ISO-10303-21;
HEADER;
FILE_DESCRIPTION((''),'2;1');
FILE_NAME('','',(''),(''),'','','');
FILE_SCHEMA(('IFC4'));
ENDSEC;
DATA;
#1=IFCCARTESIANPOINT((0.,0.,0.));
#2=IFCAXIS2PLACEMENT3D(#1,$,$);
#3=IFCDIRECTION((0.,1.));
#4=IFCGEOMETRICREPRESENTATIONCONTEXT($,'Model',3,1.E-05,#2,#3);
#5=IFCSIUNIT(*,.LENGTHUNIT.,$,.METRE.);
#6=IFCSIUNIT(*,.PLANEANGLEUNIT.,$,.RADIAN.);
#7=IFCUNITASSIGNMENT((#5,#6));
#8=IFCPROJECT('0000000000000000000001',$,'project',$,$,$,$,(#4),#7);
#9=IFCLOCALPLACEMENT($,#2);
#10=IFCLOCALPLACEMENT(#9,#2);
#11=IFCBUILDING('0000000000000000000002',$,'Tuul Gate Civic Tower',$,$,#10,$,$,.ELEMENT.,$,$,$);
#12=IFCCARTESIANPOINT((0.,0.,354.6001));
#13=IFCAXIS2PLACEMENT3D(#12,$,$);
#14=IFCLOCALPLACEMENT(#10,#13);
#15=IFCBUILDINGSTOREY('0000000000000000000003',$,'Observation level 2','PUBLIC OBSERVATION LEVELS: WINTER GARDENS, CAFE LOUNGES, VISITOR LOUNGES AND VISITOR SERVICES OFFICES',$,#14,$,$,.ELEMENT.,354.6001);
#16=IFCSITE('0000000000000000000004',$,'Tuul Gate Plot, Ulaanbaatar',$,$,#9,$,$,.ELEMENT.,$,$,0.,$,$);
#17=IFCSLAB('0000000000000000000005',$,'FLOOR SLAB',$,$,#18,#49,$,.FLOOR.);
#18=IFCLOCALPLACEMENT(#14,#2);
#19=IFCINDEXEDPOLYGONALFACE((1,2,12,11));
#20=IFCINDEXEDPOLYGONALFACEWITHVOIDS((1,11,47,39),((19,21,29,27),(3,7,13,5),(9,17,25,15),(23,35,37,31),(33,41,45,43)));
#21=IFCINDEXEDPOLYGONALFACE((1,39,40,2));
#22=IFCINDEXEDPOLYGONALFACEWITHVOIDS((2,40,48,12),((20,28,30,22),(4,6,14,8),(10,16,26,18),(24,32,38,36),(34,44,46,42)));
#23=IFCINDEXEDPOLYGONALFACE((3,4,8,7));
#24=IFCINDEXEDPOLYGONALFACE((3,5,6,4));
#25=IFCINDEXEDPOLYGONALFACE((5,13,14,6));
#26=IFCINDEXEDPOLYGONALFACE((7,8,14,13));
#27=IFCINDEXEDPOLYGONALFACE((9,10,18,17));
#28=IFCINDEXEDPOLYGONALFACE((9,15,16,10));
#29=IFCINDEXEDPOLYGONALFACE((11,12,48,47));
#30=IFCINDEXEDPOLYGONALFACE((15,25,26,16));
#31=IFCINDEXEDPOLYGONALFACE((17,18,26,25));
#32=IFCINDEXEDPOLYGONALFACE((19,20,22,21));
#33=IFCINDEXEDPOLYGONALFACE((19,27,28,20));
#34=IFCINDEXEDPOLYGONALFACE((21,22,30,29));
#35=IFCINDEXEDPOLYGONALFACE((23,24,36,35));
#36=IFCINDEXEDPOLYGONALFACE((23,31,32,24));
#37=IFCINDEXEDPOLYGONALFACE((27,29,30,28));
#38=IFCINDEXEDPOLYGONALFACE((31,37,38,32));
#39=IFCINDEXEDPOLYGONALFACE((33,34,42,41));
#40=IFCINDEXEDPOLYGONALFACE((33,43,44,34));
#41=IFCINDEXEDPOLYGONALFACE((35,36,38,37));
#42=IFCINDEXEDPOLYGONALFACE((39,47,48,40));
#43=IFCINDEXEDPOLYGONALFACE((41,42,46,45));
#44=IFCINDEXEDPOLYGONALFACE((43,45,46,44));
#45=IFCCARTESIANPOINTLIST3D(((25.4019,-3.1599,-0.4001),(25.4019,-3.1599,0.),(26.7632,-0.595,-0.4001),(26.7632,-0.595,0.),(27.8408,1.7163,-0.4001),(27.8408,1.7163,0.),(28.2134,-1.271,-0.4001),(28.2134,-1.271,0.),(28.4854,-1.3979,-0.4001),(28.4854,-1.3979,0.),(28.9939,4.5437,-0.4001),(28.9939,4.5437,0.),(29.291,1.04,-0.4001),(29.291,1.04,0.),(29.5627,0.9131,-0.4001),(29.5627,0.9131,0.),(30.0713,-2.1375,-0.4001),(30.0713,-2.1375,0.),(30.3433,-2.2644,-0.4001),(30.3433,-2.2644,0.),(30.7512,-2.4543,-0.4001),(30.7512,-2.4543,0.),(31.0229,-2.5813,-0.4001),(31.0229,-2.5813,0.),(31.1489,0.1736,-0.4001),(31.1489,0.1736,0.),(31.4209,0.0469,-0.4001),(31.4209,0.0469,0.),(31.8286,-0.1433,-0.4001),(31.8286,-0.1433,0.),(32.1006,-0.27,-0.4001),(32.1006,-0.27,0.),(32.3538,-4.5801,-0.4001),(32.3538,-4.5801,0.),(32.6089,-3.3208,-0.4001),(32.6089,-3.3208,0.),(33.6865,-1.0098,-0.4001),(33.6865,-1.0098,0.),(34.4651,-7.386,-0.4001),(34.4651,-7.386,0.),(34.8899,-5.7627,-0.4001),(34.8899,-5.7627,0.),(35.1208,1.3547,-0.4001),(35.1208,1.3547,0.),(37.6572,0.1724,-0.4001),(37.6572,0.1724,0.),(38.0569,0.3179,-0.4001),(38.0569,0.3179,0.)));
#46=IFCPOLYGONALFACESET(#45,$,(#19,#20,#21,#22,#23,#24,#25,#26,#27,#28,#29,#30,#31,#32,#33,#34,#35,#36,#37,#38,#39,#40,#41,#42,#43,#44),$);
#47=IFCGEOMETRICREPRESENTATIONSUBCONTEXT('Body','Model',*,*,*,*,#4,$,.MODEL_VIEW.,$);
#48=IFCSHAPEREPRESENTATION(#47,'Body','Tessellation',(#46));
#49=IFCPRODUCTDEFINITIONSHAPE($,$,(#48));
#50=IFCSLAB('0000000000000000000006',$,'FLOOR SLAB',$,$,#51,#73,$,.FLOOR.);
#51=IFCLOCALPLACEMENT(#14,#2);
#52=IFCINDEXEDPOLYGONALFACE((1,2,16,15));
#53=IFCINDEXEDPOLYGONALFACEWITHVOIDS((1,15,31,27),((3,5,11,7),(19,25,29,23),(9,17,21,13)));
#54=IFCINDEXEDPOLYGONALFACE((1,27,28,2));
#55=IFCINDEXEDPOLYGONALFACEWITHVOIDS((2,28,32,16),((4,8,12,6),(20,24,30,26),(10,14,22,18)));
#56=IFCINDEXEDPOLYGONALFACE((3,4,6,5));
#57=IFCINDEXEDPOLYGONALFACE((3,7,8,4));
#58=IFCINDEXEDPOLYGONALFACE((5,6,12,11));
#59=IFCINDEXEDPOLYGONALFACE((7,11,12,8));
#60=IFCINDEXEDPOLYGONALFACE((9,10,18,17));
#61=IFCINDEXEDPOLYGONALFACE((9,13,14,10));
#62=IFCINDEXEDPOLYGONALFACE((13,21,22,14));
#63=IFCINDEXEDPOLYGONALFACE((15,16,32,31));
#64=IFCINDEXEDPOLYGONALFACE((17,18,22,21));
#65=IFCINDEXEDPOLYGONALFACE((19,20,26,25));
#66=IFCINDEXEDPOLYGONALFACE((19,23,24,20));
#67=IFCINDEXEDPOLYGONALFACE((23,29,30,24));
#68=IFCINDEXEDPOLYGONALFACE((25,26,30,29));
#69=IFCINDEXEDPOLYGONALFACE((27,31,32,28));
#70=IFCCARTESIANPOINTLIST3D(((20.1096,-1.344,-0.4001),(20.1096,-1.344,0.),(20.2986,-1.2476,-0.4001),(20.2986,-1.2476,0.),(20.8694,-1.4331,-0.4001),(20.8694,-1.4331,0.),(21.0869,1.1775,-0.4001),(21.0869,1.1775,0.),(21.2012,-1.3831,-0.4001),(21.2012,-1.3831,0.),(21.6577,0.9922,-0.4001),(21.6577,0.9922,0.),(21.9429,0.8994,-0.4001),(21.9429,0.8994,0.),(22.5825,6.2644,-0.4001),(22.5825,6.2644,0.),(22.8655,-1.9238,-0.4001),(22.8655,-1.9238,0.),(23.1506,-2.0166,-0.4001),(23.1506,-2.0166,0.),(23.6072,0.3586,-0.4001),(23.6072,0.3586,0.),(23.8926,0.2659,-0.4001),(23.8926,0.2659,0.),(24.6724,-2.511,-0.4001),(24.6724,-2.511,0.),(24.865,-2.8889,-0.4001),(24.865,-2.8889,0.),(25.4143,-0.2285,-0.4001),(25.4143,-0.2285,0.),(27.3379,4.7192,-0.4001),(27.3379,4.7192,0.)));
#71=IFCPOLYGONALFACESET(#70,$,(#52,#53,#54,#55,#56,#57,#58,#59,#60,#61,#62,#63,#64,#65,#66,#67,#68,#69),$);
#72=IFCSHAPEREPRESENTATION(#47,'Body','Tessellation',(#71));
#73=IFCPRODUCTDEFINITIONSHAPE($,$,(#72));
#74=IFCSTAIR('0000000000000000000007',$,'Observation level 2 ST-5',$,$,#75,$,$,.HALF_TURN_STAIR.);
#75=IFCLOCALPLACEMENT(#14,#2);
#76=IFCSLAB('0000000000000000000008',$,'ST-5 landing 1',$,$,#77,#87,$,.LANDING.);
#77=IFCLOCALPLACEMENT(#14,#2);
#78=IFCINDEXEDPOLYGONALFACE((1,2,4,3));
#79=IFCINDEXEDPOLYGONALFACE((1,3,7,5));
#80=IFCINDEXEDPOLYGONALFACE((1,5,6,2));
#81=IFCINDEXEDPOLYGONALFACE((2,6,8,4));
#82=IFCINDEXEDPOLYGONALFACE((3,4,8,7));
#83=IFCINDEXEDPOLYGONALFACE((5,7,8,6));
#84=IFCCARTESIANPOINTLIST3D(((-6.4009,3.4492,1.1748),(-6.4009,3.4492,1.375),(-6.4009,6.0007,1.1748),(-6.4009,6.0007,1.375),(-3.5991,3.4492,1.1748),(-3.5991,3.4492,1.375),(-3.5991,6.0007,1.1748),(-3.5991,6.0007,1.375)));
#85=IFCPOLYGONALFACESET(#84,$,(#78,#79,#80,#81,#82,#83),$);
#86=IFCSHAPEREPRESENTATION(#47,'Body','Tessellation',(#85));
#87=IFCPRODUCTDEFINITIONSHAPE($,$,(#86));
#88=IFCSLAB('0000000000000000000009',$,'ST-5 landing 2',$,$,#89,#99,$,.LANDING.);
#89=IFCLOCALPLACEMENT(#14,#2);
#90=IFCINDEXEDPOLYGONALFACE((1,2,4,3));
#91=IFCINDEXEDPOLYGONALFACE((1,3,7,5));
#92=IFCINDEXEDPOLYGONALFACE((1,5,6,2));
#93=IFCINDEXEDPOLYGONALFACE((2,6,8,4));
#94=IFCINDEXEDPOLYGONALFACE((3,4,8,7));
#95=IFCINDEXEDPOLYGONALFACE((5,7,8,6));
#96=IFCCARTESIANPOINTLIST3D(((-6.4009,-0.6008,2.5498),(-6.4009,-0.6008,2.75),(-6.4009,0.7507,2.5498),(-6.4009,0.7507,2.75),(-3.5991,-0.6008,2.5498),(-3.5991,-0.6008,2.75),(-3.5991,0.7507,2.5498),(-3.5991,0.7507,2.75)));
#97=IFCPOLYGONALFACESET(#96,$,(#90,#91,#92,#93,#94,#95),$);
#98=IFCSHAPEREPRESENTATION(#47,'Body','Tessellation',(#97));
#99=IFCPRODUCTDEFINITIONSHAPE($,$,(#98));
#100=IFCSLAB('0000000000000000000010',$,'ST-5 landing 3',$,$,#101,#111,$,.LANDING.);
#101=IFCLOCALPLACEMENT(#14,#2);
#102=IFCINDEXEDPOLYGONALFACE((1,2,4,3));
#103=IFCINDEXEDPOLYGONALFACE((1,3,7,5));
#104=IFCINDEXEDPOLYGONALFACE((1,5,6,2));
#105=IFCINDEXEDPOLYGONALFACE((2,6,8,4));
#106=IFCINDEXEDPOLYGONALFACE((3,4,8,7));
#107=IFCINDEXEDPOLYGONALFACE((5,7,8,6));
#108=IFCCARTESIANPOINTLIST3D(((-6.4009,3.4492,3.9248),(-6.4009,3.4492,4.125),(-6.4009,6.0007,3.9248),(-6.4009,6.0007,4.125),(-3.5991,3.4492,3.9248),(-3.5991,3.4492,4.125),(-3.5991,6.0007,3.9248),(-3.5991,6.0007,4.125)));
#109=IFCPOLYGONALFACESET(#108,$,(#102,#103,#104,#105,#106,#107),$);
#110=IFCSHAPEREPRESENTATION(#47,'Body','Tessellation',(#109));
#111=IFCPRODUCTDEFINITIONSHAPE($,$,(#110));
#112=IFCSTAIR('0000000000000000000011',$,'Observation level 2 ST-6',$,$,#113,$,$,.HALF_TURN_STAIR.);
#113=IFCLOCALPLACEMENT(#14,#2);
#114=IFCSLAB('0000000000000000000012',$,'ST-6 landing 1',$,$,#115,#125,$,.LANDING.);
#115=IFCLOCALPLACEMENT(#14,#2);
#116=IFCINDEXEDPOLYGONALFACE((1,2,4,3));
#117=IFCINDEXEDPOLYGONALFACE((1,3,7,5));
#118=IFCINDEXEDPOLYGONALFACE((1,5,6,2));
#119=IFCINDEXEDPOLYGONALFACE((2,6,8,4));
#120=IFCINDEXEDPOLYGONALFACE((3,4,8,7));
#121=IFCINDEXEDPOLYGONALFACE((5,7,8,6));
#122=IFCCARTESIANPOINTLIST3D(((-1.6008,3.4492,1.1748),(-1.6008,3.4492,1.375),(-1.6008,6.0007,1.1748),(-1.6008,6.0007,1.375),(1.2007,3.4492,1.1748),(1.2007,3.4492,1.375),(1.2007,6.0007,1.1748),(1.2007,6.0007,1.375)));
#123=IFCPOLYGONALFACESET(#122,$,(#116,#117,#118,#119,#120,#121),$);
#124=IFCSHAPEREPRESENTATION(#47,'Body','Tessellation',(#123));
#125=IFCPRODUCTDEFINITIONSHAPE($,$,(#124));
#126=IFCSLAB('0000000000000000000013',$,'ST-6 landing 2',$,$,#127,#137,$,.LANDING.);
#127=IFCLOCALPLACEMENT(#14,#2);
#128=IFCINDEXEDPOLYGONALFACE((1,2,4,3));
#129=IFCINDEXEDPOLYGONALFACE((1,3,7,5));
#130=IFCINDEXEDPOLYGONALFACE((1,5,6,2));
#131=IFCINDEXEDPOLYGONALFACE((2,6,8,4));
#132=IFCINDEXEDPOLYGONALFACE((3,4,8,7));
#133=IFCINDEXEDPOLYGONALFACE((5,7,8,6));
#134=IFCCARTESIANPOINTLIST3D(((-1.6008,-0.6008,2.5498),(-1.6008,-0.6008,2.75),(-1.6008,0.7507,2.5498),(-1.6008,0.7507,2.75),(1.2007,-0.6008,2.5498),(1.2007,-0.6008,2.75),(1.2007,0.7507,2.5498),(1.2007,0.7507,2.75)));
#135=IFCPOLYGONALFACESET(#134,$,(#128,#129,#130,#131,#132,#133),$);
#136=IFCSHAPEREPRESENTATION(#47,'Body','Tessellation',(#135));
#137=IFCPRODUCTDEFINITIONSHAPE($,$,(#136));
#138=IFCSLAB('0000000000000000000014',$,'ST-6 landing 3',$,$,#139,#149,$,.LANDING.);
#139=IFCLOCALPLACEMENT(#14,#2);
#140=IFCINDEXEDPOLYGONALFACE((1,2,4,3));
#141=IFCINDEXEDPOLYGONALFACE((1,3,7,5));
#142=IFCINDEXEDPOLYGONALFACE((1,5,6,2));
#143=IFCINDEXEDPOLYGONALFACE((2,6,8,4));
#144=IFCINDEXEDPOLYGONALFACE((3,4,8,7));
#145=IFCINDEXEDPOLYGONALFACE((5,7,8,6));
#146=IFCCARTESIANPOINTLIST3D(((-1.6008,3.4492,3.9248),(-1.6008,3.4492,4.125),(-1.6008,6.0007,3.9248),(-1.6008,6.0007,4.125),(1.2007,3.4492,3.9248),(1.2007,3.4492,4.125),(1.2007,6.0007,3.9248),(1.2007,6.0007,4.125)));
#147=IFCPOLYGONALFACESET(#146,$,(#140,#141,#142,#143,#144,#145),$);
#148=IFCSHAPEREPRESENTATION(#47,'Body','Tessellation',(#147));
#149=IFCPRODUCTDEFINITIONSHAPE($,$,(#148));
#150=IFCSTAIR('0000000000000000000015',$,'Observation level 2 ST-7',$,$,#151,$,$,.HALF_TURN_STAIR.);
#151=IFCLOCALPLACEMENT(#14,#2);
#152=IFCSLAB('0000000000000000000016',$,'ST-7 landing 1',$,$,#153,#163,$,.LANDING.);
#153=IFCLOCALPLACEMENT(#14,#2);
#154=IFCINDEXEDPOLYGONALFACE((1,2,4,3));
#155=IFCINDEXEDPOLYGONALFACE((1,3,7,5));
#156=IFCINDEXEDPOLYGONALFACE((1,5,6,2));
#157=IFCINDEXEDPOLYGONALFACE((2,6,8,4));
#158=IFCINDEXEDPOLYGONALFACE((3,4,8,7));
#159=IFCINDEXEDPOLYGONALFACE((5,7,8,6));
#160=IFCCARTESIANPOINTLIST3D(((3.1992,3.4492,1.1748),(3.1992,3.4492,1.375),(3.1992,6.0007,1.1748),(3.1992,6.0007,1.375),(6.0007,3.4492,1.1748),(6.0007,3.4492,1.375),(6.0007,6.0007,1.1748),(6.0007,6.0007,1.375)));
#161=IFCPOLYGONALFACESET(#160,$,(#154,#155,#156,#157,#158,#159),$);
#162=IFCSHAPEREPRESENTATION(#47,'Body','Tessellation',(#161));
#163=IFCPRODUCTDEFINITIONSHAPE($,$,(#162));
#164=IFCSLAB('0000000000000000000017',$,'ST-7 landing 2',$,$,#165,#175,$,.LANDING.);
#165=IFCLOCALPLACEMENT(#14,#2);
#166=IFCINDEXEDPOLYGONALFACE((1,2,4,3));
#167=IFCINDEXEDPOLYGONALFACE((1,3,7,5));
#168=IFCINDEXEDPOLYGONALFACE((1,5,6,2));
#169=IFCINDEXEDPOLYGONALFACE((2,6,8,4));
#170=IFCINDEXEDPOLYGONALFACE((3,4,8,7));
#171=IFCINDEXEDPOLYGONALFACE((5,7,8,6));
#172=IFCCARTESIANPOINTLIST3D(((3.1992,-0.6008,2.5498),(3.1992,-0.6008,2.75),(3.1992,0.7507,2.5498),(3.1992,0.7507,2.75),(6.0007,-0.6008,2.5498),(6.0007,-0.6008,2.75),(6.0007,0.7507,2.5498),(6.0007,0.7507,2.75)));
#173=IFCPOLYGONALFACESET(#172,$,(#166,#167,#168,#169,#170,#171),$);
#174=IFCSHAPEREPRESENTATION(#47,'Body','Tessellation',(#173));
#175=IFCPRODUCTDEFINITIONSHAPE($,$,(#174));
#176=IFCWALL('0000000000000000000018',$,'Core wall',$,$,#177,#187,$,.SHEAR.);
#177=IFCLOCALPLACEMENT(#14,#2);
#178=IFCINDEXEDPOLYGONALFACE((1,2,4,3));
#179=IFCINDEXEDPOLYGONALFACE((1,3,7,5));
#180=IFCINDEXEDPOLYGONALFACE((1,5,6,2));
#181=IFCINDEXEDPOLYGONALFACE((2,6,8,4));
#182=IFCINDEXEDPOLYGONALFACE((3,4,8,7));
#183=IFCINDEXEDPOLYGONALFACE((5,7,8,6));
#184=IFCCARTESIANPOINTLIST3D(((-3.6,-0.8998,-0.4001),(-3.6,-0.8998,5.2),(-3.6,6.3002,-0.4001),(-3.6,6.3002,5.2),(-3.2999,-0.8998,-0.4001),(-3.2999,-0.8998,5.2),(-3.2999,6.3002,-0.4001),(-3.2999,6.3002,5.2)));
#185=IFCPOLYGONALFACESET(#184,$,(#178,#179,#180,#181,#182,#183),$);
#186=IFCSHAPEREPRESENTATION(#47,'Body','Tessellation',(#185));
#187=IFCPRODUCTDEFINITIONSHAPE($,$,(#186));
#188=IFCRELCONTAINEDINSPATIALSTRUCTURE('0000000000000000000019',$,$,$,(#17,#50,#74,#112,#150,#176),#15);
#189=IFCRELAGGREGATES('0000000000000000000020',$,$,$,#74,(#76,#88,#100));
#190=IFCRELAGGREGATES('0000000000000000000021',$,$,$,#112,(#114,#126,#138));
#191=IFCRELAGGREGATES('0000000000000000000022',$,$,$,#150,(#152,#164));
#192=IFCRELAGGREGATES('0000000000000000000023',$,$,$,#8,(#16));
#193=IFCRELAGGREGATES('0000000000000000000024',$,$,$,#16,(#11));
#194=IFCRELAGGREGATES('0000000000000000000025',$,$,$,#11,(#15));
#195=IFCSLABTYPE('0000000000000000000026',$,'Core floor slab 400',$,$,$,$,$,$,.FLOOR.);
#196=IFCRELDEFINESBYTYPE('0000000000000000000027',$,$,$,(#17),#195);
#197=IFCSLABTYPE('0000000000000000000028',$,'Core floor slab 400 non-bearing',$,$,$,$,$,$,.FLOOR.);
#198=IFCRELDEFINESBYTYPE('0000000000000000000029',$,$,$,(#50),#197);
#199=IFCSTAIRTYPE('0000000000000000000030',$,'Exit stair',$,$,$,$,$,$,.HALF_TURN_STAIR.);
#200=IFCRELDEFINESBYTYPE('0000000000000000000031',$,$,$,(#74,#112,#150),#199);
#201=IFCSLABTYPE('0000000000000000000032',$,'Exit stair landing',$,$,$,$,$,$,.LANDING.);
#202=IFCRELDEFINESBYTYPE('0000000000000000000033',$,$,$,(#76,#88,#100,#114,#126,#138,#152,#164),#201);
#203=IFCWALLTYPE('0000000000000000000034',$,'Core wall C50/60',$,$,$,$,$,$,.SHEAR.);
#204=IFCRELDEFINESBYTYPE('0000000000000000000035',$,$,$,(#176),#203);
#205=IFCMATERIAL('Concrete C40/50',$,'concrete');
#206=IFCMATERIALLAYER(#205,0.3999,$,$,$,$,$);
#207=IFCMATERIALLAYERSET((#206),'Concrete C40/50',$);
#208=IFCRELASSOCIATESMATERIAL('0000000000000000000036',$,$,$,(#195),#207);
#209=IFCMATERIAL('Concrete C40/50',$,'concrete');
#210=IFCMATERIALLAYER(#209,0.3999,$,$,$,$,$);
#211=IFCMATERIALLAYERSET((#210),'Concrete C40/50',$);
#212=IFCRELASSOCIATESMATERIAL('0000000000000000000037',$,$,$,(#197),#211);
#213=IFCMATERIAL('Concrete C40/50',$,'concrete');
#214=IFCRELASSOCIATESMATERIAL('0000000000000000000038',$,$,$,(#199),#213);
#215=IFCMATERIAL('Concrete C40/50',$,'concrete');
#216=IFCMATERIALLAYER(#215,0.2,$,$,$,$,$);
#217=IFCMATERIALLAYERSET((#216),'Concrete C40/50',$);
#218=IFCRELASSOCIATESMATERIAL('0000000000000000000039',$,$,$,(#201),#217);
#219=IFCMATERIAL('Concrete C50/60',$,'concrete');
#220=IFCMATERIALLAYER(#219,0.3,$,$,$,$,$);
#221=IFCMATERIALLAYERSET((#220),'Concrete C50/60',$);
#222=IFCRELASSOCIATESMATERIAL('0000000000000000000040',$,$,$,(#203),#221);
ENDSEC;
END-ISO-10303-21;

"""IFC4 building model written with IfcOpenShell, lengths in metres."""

from ifc_helpers import new_model, si_unit, direction, frame, frame_2d, origin, place, context, subcontext, project, spatial, polyline, rectangle, outline, extrude, material, layer, layer_set, type_object, element, aggregate, save


model = new_model("IFC4")

# Units and contexts
model_context = context("Model", 3, precision=1e-05, world=origin(), true_north=direction((0.0, 1.0)))
body_context = subcontext(model_context, "Body", "Model", "MODEL_VIEW")
ifc_project = project(units=[si_unit("LENGTHUNIT", "METRE"), si_unit("PLANEANGLEUNIT", "RADIAN")], contexts=[model_context])

# Site, building, storey
site_placement = place(None, origin())
site = spatial("IfcSite", under=ifc_project, at=site_placement, Name="Tuul Gate Plot, Ulaanbaatar", CompositionType="ELEMENT", RefElevation=0.0)
building_placement = place(site_placement, origin())
building = spatial("IfcBuilding", under=site, at=building_placement, Name="Tuul Gate Civic Tower", CompositionType="ELEMENT")
storey_placement = place(building_placement, frame((0.0, 0.0, 354.6001)))
storey = spatial("IfcBuildingStorey", under=building, at=storey_placement, Name="Observation level 2", Description="PUBLIC OBSERVATION LEVELS: WINTER GARDENS, CAFE LOUNGES, VISITOR LOUNGES AND VISITOR SERVICES OFFICES", CompositionType="ELEMENT", Elevation=354.6001)

# Slabs
ifc_material_1 = material(Name="Concrete C40/50", Category="concrete")
ifc_layer_1 = layer(ifc_material_1, 0.3999)
ifc_layer_set_1 = layer_set([ifc_layer_1], Name="Concrete C40/50")
slab_type_1 = type_object("IfcSlabType", Name="Core floor slab 400", PredefinedType="FLOOR", material=ifc_layer_set_1)
slab_1_placement = place(storey_placement, frame((0.0, 0.0, -0.4001)))
element("IfcSlab", 1, at=slab_1_placement, inside=storey, type_object=slab_type_1, Name="FLOOR SLAB", PredefinedType="FLOOR", context=body_context, shape_type="SweptSolid", body=[
    extrude(outline(polyline([(34.4651, -7.386), (38.0569, 0.3179), (28.9939, 4.5437), (25.4019, -3.1599), (34.4651, -7.386)]), holes=[polyline([(32.6089, -3.3208), (33.6865, -1.0098), (32.1006, -0.27), (31.0229, -2.5813), (32.6089, -3.3208)]), polyline([(30.0713, -2.1375), (31.1489, 0.1736), (29.5627, 0.9131), (28.4854, -1.3979), (30.0713, -2.1375)]), polyline([(30.7512, -2.4543), (31.8286, -0.1433), (31.4209, 0.0469), (30.3433, -2.2644), (30.7512, -2.4543)]), polyline([(28.2134, -1.271), (29.291, 1.04), (27.8408, 1.7163), (26.7632, -0.595), (28.2134, -1.271)]), polyline([(34.8899, -5.7627), (32.3538, -4.5801), (35.1208, 1.3547), (37.6572, 0.1724), (34.8899, -5.7627)])]), origin(), (0.0, 0.0, 1.0), 0.4001),
])
ifc_material_2 = material(Name="Concrete C40/50", Category="concrete")
ifc_layer_2 = layer(ifc_material_2, 0.3999)
ifc_layer_set_2 = layer_set([ifc_layer_2], Name="Concrete C40/50")
slab_type_2 = type_object("IfcSlabType", Name="Core floor slab 400 non-bearing", PredefinedType="FLOOR", material=ifc_layer_set_2)
slab_2_placement = place(storey_placement, frame((0.0, 0.0, -0.4001)))
element("IfcSlab", 2, at=slab_2_placement, inside=storey, type_object=slab_type_2, Name="FLOOR SLAB", PredefinedType="FLOOR", context=body_context, shape_type="SweptSolid", body=[
    extrude(outline(polyline([(24.865, -2.8889), (27.3379, 4.7192), (22.5825, 6.2644), (20.1096, -1.344), (24.865, -2.8889)]), holes=[polyline([(24.6724, -2.511), (25.4143, -0.2285), (23.8926, 0.2659), (23.1506, -2.0166), (24.6724, -2.511)]), polyline([(22.8655, -1.9238), (23.6072, 0.3586), (21.9429, 0.8994), (21.2012, -1.3831), (22.8655, -1.9238)]), polyline([(20.8694, -1.4331), (21.6577, 0.9922), (21.0869, 1.1775), (20.2986, -1.2476), (20.8694, -1.4331)])]), origin(), (0.0, 0.0, 1.0), 0.4001),
])

# Stairs, slabs
ifc_material_3 = material(Name="Concrete C40/50", Category="concrete")
stair_type = type_object("IfcStairType", Name="Exit stair", PredefinedType="HALF_TURN_STAIR", material=ifc_material_3)
stair_1_placement = place(storey_placement, origin())
stair_1 = element("IfcStair", 3, at=stair_1_placement, inside=storey, type_object=stair_type, Name="Observation level 2 ST-5", PredefinedType="HALF_TURN_STAIR")
ifc_material_4 = material(Name="Concrete C40/50", Category="concrete")
ifc_layer_3 = layer(ifc_material_4, 0.2)
ifc_layer_set_3 = layer_set([ifc_layer_3], Name="Concrete C40/50")
slab_type_3 = type_object("IfcSlabType", Name="Exit stair landing", PredefinedType="LANDING", material=ifc_layer_set_3)
slab_3_placement = place(storey_placement, frame((0.0, 0.0, 1.1748)))
slab_3 = element("IfcSlab", 4, at=slab_3_placement, type_object=slab_type_3, Name="ST-5 landing 1", PredefinedType="LANDING", context=body_context, shape_type="SweptSolid", body=[
    extrude(outline(polyline([(-3.5991, 3.4492), (-6.4009, 3.4492), (-6.4009, 6.0007), (-3.5991, 6.0007), (-3.5991, 3.4492)])), origin(), (0.0, 0.0, 1.0), 0.2002),
])
slab_4_placement = place(storey_placement, frame((0.0, 0.0, 2.5498)))
slab_4 = element("IfcSlab", 5, at=slab_4_placement, type_object=slab_type_3, Name="ST-5 landing 2", PredefinedType="LANDING", context=body_context, shape_type="SweptSolid", body=[
    extrude(outline(polyline([(-3.5991, -0.6008), (-6.4009, -0.6008), (-6.4009, 0.7507), (-3.5991, 0.7507), (-3.5991, -0.6008)])), origin(), (0.0, 0.0, 1.0), 0.2002),
])
slab_5_placement = place(storey_placement, frame((0.0, 0.0, 3.9248)))
slab_5 = element("IfcSlab", 6, at=slab_5_placement, type_object=slab_type_3, Name="ST-5 landing 3", PredefinedType="LANDING", context=body_context, shape_type="SweptSolid", body=[
    extrude(outline(polyline([(-3.5991, 3.4492), (-6.4009, 3.4492), (-6.4009, 6.0007), (-3.5991, 6.0007), (-3.5991, 3.4492)])), origin(), (0.0, 0.0, 1.0), 0.2002),
])
aggregate(stair_1, [slab_3, slab_4, slab_5])
stair_2_placement = place(storey_placement, origin())
stair_2 = element("IfcStair", 7, at=stair_2_placement, inside=storey, type_object=stair_type, Name="Observation level 2 ST-6", PredefinedType="HALF_TURN_STAIR")
slab_6_placement = place(storey_placement, frame((0.0, 0.0, 1.1748)))
slab_6 = element("IfcSlab", 8, at=slab_6_placement, type_object=slab_type_3, Name="ST-6 landing 1", PredefinedType="LANDING", context=body_context, shape_type="SweptSolid", body=[
    extrude(outline(polyline([(1.2007, 3.4492), (-1.6008, 3.4492), (-1.6008, 6.0007), (1.2007, 6.0007), (1.2007, 3.4492)])), origin(), (0.0, 0.0, 1.0), 0.2002),
])
slab_7_placement = place(storey_placement, frame((0.0, 0.0, 2.5498)))
slab_7 = element("IfcSlab", 9, at=slab_7_placement, type_object=slab_type_3, Name="ST-6 landing 2", PredefinedType="LANDING", context=body_context, shape_type="SweptSolid", body=[
    extrude(outline(polyline([(1.2007, -0.6008), (-1.6008, -0.6008), (-1.6008, 0.7507), (1.2007, 0.7507), (1.2007, -0.6008)])), origin(), (0.0, 0.0, 1.0), 0.2002),
])
slab_8_placement = place(storey_placement, frame((0.0, 0.0, 3.9248)))
slab_8 = element("IfcSlab", 10, at=slab_8_placement, type_object=slab_type_3, Name="ST-6 landing 3", PredefinedType="LANDING", context=body_context, shape_type="SweptSolid", body=[
    extrude(outline(polyline([(1.2007, 3.4492), (-1.6008, 3.4492), (-1.6008, 6.0007), (1.2007, 6.0007), (1.2007, 3.4492)])), origin(), (0.0, 0.0, 1.0), 0.2002),
])
aggregate(stair_2, [slab_6, slab_7, slab_8])
stair_3_placement = place(storey_placement, origin())
stair_3 = element("IfcStair", 11, at=stair_3_placement, inside=storey, type_object=stair_type, Name="Observation level 2 ST-7", PredefinedType="HALF_TURN_STAIR")
slab_9_placement = place(storey_placement, frame((0.0, 0.0, 1.1748)))
slab_9 = element("IfcSlab", 12, at=slab_9_placement, type_object=slab_type_3, Name="ST-7 landing 1", PredefinedType="LANDING", context=body_context, shape_type="SweptSolid", body=[
    extrude(outline(polyline([(6.0007, 3.4492), (3.1992, 3.4492), (3.1992, 6.0007), (6.0007, 6.0007), (6.0007, 3.4492)])), origin(), (0.0, 0.0, 1.0), 0.2002),
])
slab_10_placement = place(storey_placement, frame((0.0, 0.0, 2.5498)))
slab_10 = element("IfcSlab", 13, at=slab_10_placement, type_object=slab_type_3, Name="ST-7 landing 2", PredefinedType="LANDING", context=body_context, shape_type="SweptSolid", body=[
    extrude(outline(polyline([(6.0007, -0.6008), (3.1992, -0.6008), (3.1992, 0.7507), (6.0007, 0.7507), (6.0007, -0.6008)])), origin(), (0.0, 0.0, 1.0), 0.2002),
])
aggregate(stair_3, [slab_9, slab_10])

# Wall
ifc_material_5 = material(Name="Concrete C50/60", Category="concrete")
ifc_layer_4 = layer(ifc_material_5, 0.3)
ifc_layer_set_4 = layer_set([ifc_layer_4], Name="Concrete C50/60")
wall_type_1 = type_object("IfcWallType", Name="Core wall C50/60", PredefinedType="SHEAR", material=ifc_layer_set_4)
wall_1_placement = place(storey_placement, frame((-3.45, -0.8999, -0.4001), z_axis=(0.0, 0.0, 1.0), x_axis=(0.0, 1.0, 0.0)))
element("IfcWall", 14, at=wall_1_placement, inside=storey, type_object=wall_type_1, Name="Core wall", PredefinedType="SHEAR", context=body_context, shape_type="SweptSolid", body=[
    extrude(rectangle(XDim=7.2, YDim=0.3, at=frame_2d((3.6001, 0.0))), origin(), (0.0, 0.0, 1.0), 5.6001),
])

save(model, "model.ifc")
